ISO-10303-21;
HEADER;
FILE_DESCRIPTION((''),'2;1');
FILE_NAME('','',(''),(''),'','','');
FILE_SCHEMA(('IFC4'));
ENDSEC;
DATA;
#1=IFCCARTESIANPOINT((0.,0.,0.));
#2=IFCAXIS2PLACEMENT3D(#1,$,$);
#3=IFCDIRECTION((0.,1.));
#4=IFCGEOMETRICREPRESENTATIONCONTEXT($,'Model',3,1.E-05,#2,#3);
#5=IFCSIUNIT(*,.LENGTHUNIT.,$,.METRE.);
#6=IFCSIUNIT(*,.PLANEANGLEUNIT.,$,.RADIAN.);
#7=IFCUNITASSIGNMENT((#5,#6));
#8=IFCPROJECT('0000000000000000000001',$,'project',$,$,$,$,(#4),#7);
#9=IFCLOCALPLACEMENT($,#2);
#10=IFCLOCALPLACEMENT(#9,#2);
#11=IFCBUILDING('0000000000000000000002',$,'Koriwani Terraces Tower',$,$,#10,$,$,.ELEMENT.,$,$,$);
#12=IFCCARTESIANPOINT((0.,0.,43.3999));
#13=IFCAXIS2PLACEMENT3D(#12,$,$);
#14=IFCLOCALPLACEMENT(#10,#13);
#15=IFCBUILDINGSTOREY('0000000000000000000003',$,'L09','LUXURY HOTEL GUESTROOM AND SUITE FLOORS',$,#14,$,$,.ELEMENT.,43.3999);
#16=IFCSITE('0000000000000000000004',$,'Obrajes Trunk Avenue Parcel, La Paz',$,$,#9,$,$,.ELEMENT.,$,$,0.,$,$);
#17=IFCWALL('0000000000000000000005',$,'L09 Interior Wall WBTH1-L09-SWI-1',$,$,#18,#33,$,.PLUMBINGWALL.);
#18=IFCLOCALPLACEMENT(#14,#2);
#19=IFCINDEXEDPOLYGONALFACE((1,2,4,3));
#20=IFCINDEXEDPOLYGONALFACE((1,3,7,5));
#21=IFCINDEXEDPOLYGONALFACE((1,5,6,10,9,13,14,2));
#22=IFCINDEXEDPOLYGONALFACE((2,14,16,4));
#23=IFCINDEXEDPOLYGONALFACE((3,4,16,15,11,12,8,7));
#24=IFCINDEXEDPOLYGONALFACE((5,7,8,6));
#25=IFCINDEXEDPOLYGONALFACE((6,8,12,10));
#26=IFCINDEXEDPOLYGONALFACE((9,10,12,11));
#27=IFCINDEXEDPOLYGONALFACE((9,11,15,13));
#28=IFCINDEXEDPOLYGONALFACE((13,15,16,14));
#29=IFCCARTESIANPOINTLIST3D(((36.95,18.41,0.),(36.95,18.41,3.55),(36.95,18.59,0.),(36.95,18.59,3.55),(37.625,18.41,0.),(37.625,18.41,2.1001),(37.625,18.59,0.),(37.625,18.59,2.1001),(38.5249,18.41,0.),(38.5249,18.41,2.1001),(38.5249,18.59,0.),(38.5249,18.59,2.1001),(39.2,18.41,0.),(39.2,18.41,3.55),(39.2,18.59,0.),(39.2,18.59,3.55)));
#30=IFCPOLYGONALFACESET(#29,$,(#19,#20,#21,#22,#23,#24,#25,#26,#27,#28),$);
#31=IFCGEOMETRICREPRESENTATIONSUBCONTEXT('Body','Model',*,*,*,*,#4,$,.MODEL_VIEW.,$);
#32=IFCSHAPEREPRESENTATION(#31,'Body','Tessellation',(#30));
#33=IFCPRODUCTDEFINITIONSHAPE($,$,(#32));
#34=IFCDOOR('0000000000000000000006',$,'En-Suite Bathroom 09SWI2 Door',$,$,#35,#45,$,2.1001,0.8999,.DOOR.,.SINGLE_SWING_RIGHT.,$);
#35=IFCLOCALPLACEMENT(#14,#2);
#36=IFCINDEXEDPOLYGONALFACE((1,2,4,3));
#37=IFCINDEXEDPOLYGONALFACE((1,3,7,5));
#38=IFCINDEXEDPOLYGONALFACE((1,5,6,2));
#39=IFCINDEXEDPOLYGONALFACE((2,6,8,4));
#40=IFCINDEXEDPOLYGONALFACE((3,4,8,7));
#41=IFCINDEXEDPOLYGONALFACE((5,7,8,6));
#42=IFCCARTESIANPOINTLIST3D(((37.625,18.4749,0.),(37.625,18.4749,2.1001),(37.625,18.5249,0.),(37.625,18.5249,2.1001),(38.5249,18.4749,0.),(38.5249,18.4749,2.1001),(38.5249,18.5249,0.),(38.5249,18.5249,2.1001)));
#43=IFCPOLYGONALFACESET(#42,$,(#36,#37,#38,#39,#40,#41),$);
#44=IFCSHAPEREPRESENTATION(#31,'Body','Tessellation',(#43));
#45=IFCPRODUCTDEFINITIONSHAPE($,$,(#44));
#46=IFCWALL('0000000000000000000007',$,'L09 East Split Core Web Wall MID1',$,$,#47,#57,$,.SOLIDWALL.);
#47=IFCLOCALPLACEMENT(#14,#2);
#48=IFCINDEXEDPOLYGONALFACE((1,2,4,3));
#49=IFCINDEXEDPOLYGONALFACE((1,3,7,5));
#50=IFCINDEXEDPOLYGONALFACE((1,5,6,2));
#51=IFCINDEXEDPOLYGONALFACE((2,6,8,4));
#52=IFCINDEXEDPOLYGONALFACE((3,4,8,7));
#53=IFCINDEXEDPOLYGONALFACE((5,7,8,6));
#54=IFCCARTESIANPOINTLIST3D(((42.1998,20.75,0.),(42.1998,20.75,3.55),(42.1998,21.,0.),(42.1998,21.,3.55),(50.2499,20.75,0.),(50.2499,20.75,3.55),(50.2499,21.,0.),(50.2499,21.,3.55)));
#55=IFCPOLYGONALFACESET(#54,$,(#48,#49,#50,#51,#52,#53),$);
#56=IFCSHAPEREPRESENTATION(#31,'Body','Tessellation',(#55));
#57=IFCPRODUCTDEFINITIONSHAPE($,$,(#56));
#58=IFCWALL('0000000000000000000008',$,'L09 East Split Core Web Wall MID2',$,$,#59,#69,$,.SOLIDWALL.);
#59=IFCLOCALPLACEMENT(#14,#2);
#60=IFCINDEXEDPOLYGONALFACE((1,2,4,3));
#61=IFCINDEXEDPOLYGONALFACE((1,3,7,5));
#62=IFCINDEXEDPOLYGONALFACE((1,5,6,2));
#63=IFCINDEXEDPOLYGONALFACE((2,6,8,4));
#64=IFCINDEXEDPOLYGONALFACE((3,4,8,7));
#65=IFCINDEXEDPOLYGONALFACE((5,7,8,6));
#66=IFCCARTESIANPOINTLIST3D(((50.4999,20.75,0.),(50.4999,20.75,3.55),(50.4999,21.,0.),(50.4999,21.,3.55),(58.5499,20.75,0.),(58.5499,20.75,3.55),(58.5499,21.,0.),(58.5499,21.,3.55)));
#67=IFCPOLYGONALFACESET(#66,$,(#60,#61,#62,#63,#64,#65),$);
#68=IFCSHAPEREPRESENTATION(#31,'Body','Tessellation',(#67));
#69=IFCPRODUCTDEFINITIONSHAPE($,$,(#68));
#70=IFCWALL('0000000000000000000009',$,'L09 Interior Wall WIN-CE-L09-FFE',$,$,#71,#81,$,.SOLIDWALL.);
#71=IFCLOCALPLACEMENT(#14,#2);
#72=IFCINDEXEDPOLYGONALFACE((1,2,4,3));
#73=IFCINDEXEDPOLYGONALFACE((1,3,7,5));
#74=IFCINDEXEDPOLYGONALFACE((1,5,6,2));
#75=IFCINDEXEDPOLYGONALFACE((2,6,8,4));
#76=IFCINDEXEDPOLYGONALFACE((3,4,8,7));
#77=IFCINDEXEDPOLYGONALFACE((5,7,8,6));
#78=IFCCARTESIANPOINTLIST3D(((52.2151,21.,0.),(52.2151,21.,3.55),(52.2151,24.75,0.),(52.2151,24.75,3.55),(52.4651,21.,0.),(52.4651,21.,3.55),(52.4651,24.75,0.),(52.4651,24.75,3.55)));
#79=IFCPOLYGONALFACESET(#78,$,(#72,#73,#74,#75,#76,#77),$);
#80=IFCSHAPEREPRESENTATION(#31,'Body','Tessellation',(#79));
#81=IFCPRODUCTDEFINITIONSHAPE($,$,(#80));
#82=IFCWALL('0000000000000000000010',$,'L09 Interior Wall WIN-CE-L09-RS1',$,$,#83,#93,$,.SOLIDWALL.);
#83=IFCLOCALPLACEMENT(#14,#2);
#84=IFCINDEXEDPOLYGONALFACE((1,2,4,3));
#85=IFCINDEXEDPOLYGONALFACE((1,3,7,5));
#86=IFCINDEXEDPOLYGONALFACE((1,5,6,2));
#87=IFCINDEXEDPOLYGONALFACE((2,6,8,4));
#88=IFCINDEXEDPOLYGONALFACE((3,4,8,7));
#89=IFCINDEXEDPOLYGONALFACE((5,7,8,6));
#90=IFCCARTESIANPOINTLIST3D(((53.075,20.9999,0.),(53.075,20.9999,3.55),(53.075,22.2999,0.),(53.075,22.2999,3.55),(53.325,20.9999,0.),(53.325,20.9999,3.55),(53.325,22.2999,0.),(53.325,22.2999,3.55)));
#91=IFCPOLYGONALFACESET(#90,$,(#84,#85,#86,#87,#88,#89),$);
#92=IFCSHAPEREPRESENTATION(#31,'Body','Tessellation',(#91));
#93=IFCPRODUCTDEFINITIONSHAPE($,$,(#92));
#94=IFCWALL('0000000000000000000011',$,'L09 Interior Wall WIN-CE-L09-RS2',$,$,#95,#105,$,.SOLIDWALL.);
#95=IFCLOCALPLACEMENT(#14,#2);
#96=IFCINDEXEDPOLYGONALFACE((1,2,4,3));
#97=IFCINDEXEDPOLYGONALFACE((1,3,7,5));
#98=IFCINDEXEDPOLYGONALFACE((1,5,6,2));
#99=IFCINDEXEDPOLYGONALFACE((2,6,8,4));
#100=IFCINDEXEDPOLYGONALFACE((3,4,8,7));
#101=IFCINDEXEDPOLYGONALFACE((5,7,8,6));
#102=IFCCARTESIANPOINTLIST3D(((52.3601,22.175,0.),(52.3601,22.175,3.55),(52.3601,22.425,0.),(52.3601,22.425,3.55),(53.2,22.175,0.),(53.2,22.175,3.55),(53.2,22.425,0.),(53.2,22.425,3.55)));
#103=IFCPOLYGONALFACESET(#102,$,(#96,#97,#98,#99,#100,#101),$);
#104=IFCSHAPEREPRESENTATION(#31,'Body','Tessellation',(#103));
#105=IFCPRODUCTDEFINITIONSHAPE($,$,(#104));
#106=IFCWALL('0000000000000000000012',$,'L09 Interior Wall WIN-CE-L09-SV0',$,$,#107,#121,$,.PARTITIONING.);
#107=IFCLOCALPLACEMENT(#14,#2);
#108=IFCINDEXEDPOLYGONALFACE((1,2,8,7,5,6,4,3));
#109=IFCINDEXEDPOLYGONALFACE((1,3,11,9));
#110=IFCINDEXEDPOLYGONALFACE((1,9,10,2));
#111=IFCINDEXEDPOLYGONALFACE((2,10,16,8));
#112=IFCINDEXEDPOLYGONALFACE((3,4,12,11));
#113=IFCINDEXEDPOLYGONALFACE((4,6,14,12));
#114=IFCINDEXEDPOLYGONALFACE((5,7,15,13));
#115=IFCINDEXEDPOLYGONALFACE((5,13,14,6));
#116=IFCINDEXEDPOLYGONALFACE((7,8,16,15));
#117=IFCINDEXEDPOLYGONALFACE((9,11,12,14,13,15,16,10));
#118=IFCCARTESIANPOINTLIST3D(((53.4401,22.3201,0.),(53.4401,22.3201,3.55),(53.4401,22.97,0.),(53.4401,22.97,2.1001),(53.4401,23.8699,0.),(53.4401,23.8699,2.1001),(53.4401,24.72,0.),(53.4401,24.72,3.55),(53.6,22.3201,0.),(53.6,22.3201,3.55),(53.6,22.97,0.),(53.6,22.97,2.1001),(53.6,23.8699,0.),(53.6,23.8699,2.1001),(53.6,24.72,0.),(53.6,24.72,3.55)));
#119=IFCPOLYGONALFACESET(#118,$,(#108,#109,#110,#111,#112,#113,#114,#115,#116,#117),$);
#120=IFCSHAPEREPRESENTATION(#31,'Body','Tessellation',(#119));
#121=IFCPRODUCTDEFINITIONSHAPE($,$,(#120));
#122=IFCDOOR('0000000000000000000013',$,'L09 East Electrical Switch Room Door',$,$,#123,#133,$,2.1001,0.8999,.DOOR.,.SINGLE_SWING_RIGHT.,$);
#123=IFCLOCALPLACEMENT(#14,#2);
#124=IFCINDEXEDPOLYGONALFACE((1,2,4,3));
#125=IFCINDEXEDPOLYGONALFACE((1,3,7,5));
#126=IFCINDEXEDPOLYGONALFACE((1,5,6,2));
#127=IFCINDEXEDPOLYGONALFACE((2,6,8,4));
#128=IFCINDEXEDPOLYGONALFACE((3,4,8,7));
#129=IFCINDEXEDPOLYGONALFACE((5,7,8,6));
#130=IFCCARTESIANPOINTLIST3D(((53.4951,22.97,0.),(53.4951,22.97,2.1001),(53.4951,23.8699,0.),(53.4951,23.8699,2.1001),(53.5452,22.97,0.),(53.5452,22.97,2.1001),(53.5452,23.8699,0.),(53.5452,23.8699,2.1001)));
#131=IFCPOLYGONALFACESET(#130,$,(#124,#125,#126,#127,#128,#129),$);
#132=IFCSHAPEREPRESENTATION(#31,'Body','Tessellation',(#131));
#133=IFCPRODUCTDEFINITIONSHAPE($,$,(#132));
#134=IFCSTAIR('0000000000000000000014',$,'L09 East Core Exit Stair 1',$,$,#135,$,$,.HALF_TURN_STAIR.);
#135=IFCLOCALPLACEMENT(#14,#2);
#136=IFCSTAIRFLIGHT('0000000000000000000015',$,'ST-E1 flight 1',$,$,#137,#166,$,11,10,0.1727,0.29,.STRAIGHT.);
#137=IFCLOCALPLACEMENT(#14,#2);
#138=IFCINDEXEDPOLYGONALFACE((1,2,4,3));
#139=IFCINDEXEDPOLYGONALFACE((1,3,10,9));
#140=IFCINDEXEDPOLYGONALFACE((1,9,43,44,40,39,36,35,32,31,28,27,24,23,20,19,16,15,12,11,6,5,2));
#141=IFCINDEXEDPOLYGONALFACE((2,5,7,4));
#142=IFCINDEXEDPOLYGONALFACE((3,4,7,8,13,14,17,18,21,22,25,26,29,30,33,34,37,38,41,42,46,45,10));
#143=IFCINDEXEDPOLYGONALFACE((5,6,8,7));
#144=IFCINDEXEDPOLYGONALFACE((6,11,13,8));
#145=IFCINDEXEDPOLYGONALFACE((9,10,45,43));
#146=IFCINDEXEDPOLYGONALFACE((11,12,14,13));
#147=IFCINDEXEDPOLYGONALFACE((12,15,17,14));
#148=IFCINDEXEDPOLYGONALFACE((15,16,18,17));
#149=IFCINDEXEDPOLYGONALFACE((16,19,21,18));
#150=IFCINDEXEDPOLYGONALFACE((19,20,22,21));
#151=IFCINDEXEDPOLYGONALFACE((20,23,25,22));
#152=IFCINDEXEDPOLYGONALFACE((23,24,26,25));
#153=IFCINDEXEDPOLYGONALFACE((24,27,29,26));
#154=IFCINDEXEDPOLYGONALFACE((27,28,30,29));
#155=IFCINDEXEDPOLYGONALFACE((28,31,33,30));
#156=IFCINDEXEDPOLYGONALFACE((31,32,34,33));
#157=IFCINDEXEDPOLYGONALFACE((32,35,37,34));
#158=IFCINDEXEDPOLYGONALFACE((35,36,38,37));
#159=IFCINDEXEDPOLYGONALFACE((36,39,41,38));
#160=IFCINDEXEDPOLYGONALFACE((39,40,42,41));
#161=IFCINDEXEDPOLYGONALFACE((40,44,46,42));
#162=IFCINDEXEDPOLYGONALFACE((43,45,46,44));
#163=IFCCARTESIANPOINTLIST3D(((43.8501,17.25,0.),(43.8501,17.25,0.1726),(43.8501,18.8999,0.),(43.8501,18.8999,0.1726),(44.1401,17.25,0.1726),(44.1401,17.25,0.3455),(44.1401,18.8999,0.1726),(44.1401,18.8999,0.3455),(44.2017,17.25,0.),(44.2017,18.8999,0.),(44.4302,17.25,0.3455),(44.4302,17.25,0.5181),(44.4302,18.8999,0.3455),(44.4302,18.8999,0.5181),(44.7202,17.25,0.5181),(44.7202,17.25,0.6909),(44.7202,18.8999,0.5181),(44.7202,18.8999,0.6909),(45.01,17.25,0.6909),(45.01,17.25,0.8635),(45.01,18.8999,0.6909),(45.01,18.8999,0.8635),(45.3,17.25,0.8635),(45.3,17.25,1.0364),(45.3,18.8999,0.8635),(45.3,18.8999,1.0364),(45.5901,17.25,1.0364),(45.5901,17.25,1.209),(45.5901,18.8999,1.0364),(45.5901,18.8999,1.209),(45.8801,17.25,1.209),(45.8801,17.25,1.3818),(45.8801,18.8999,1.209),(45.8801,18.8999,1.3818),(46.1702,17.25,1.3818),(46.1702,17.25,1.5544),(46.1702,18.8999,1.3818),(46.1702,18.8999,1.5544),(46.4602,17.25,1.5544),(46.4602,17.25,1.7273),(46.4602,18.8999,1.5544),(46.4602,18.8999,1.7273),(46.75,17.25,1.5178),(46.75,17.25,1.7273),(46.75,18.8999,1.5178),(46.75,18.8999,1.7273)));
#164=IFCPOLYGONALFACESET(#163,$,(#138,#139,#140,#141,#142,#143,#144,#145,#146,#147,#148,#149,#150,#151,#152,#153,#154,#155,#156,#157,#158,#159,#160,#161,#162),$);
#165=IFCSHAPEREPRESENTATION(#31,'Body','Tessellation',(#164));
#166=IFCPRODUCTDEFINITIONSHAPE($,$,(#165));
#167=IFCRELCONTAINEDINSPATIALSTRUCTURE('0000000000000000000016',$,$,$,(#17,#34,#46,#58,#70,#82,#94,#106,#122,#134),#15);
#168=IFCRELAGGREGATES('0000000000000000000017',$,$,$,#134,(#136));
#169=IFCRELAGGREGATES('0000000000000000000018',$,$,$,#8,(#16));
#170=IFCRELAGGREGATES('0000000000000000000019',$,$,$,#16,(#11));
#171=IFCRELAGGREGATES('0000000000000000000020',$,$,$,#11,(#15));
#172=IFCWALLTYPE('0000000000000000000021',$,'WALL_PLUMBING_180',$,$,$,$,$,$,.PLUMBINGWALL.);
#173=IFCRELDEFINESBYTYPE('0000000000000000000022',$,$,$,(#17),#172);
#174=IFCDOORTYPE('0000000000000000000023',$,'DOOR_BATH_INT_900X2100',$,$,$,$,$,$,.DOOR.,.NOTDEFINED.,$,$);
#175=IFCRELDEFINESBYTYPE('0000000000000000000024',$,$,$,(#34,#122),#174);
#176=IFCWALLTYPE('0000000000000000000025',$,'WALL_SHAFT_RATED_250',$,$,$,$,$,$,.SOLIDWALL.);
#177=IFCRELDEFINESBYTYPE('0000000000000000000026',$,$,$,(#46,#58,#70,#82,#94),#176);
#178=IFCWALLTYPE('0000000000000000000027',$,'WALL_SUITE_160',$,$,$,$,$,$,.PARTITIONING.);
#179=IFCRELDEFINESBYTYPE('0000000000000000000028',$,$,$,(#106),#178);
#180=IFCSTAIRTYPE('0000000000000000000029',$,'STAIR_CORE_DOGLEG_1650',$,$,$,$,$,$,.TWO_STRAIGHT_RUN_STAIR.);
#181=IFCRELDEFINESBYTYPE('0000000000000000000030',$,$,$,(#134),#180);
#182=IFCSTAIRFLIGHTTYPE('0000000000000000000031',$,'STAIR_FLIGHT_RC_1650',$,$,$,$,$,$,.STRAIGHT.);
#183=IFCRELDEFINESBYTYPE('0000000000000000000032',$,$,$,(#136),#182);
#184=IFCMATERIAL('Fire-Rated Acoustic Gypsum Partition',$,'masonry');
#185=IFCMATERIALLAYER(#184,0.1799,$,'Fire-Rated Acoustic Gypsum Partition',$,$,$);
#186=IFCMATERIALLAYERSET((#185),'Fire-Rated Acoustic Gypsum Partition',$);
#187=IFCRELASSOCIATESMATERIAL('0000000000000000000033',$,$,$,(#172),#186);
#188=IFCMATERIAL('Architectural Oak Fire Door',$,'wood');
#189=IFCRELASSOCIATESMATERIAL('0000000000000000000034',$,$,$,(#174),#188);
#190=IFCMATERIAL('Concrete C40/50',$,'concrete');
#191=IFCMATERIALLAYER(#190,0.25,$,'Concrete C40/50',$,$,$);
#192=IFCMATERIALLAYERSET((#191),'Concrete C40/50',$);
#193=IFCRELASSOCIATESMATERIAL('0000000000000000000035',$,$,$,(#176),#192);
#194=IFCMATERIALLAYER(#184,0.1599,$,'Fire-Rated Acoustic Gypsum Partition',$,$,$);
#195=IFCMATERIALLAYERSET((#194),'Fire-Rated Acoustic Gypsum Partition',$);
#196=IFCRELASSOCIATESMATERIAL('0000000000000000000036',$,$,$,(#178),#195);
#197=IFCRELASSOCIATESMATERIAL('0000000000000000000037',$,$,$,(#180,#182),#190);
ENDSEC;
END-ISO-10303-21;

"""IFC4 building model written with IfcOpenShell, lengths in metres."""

from ifc_helpers import new_model, si_unit, direction, frame, frame_2d, origin, place, context, subcontext, project, spatial, polyline, rectangle, outline, extrude, material, layer, layer_set, type_object, element, fill, aggregate, save


model = new_model("IFC4")

# Units and contexts
model_context = context("Model", 3, precision=1e-05, world=origin(), true_north=direction((0.0, 1.0)))
body_context = subcontext(model_context, "Body", "Model", "MODEL_VIEW")
ifc_project = project(units=[si_unit("LENGTHUNIT", "METRE"), si_unit("PLANEANGLEUNIT", "RADIAN")], contexts=[model_context])

# Site, building, storey
site_placement = place(None, origin())
site = spatial("IfcSite", under=ifc_project, at=site_placement, Name="Obrajes Trunk Avenue Parcel, La Paz", CompositionType="ELEMENT", RefElevation=0.0)
building_placement = place(site_placement, origin())
building = spatial("IfcBuilding", under=site, at=building_placement, Name="Koriwani Terraces Tower", CompositionType="ELEMENT")
storey_placement = place(building_placement, frame((0.0, 0.0, 43.3999)))
storey = spatial("IfcBuildingStorey", under=building, at=storey_placement, Name="L09", Description="LUXURY HOTEL GUESTROOM AND SUITE FLOORS", CompositionType="ELEMENT", Elevation=43.3999)

# Wall, opening, door
ifc_material_1 = material(Name="Fire-Rated Acoustic Gypsum Partition", Category="masonry")
ifc_layer_1 = layer(ifc_material_1, 0.1799, Name="Fire-Rated Acoustic Gypsum Partition")
ifc_layer_set_1 = layer_set([ifc_layer_1], Name="Fire-Rated Acoustic Gypsum Partition")
wall_type_1 = type_object("IfcWallType", Name="WALL_PLUMBING_180", PredefinedType="PLUMBINGWALL", material=ifc_layer_set_1)
ifc_material_2 = material(Name="Architectural Oak Fire Door", Category="wood")
door_type_1 = type_object("IfcDoorType", Name="DOOR_BATH_INT_900X2100", OperationType="NOTDEFINED", PredefinedType="DOOR", material=ifc_material_2)
wall_1_placement = place(storey_placement, frame((36.95, 18.5, 0.0), z_axis=(0.0, 0.0, 1.0), x_axis=(1.0, 0.0, 0.0)))
wall_1 = element("IfcWall", 1, at=wall_1_placement, inside=storey, type_object=wall_type_1, Name="L09 Interior Wall WBTH1-L09-SWI-1", PredefinedType="PLUMBINGWALL", context=body_context, shape_type="SweptSolid", body=[
    extrude(rectangle(XDim=2.25, YDim=0.1799, at=frame_2d((1.125, 0.0))), origin(), (0.0, 0.0, 1.0), 3.55),
])
opening_1_placement = place(wall_1_placement, frame((0.675, 0.0, 0.0)))
opening_1 = element("IfcOpeningElement", 2, at=opening_1_placement, cuts=wall_1, PredefinedType="OPENING", context=body_context, shape_type="SweptSolid", body=[
    extrude(rectangle(XDim=0.8999, YDim=2.1001, at=frame_2d((0.45, 1.05))), frame((0.0, 0.1001, 0.0), z_axis=(0.0, -1.0, 0.0), x_axis=(1.0, 0.0, 0.0)), (0.0, 0.0, 1.0), 0.2),
])
door_1_placement = place(opening_1_placement, origin())
door_1 = element("IfcDoor", 3, at=door_1_placement, inside=storey, type_object=door_type_1, Name="En-Suite Bathroom 09SWI2 Door", OperationType="SINGLE_SWING_RIGHT", OverallHeight=2.1001, OverallWidth=0.8999, PredefinedType="DOOR", context=body_context, shape_type="SweptSolid", body=[
    extrude(rectangle(XDim=0.8999, YDim=2.1001, at=frame_2d((0.45, 1.05))), frame((0.0, 0.0249, 0.0), z_axis=(0.0, -1.0, 0.0), x_axis=(1.0, 0.0, 0.0)), (0.0, 0.0, 1.0), 0.05),
])
fill(opening_1, door_1)

# Walls
ifc_material_3 = material(Name="Concrete C40/50", Category="concrete")
ifc_layer_2 = layer(ifc_material_3, 0.25, Name="Concrete C40/50")
ifc_layer_set_2 = layer_set([ifc_layer_2], Name="Concrete C40/50")
wall_type_2 = type_object("IfcWallType", Name="WALL_SHAFT_RATED_250", PredefinedType="SOLIDWALL", material=ifc_layer_set_2)
for number, where, z_axis, x_axis, name in (
    (4, (42.2, 20.875, 0.0), (0.0, 0.0, 1.0), (1.0, 0.0, 0.0), "L09 East Split Core Web Wall MID1"),
    (5, (50.5, 20.875, 0.0), (0.0, 0.0, 1.0), (1.0, 0.0, 0.0), "L09 East Split Core Web Wall MID2"),
):
    element("IfcWall", number, at=place(storey_placement, frame(where, z_axis=z_axis, x_axis=x_axis)), inside=storey, type_object=wall_type_2, Name=name, PredefinedType="SOLIDWALL", context=body_context, shape_type="SweptSolid", body=[
        extrude(rectangle(XDim=8.05, YDim=0.25, at=frame_2d((4.0249, 0.0))), origin(), (0.0, 0.0, 1.0), 3.55),
    ])

# Walls
wall_2_placement = place(storey_placement, frame((52.3401, 21.0, 0.0), z_axis=(0.0, 0.0, 1.0), x_axis=(0.0, 1.0, 0.0)))
element("IfcWall", 6, at=wall_2_placement, inside=storey, type_object=wall_type_2, Name="L09 Interior Wall WIN-CE-L09-FFE", PredefinedType="SOLIDWALL", context=body_context, shape_type="SweptSolid", body=[
    extrude(rectangle(XDim=3.75, YDim=0.25, at=frame_2d((1.875, 0.0))), origin(), (0.0, 0.0, 1.0), 3.55),
])
wall_3_placement = place(storey_placement, frame((53.2, 21.0, 0.0), z_axis=(0.0, 0.0, 1.0), x_axis=(0.0, 1.0, 0.0)))
element("IfcWall", 7, at=wall_3_placement, inside=storey, type_object=wall_type_2, Name="L09 Interior Wall WIN-CE-L09-RS1", PredefinedType="SOLIDWALL", context=body_context, shape_type="SweptSolid", body=[
    extrude(rectangle(XDim=1.3, YDim=0.25, at=frame_2d((0.6499, 0.0))), origin(), (0.0, 0.0, 1.0), 3.55),
])
wall_4_placement = place(storey_placement, frame((52.3601, 22.3, 0.0), z_axis=(0.0, 0.0, 1.0), x_axis=(1.0, 0.0, 0.0)))
element("IfcWall", 8, at=wall_4_placement, inside=storey, type_object=wall_type_2, Name="L09 Interior Wall WIN-CE-L09-RS2", PredefinedType="SOLIDWALL", context=body_context, shape_type="SweptSolid", body=[
    extrude(rectangle(XDim=0.8398, YDim=0.25, at=frame_2d((0.4199, 0.0))), origin(), (0.0, 0.0, 1.0), 3.55),
])

# Wall, opening, door
ifc_layer_3 = layer(ifc_material_1, 0.1599, Name="Fire-Rated Acoustic Gypsum Partition")
ifc_layer_set_3 = layer_set([ifc_layer_3], Name="Fire-Rated Acoustic Gypsum Partition")
wall_type_3 = type_object("IfcWallType", Name="WALL_SUITE_160", PredefinedType="PARTITIONING", material=ifc_layer_set_3)
wall_5_placement = place(storey_placement, frame((53.52, 22.3201, 0.0), z_axis=(0.0, 0.0, 1.0), x_axis=(0.0, 1.0, 0.0)))
wall_5 = element("IfcWall", 9, at=wall_5_placement, inside=storey, type_object=wall_type_3, Name="L09 Interior Wall WIN-CE-L09-SV0", PredefinedType="PARTITIONING", context=body_context, shape_type="SweptSolid", body=[
    extrude(rectangle(XDim=2.3999, YDim=0.1599, at=frame_2d((1.2, 0.0))), origin(), (0.0, 0.0, 1.0), 3.55),
])
opening_2_placement = place(wall_5_placement, frame((0.6499, 0.0, 0.0)))
opening_2 = element("IfcOpeningElement", 10, at=opening_2_placement, cuts=wall_5, PredefinedType="OPENING", context=body_context, shape_type="SweptSolid", body=[
    extrude(rectangle(XDim=0.8999, YDim=2.1001, at=frame_2d((0.45, 1.05))), frame((0.0, 0.0898, 0.0), z_axis=(0.0, -1.0, 0.0), x_axis=(1.0, 0.0, 0.0)), (0.0, 0.0, 1.0), 0.1799),
])
door_2_placement = place(opening_2_placement, origin())
door_2 = element("IfcDoor", 11, at=door_2_placement, inside=storey, type_object=door_type_1, Name="L09 East Electrical Switch Room Door", OperationType="SINGLE_SWING_RIGHT", OverallHeight=2.1001, OverallWidth=0.8999, PredefinedType="DOOR", context=body_context, shape_type="SweptSolid", body=[
    extrude(rectangle(XDim=0.8999, YDim=2.1001, at=frame_2d((0.45, 1.05))), frame((0.0, 0.0249, 0.0), z_axis=(0.0, -1.0, 0.0), x_axis=(1.0, 0.0, 0.0)), (0.0, 0.0, 1.0), 0.05),
])
fill(opening_2, door_2)

# Stair, stair flight
stair_type = type_object("IfcStairType", Name="STAIR_CORE_DOGLEG_1650", PredefinedType="TWO_STRAIGHT_RUN_STAIR", material=ifc_material_3)
stair_placement = place(storey_placement, origin())
stair = element("IfcStair", 12, at=stair_placement, inside=storey, type_object=stair_type, Name="L09 East Core Exit Stair 1", PredefinedType="HALF_TURN_STAIR")
stair_flight_type = type_object("IfcStairFlightType", Name="STAIR_FLIGHT_RC_1650", PredefinedType="STRAIGHT", material=ifc_material_3)
stair_flight_1_placement = place(storey_placement, frame((43.8501, 18.075, 0.0), z_axis=(0.0, 0.0, 1.0), x_axis=(1.0, 0.0, 0.0)))
stair_flight_1 = element("IfcStairFlight", 13, at=stair_flight_1_placement, type_object=stair_flight_type, Name="ST-E1 flight 1", NumberOfRisers=11, NumberOfTreads=10, PredefinedType="STRAIGHT", RiserHeight=0.1727, TreadLength=0.29, context=body_context, shape_type="SweptSolid", body=[
    extrude(outline(polyline([(0.0, 0.0), (0.0, 0.1726), (0.29, 0.1726), (0.29, 0.3455), (0.5801, 0.3455), (0.5801, 0.5181), (0.8701, 0.5181), (0.8701, 0.6909), (1.1599, 0.6909), (1.1599, 0.8635), (1.45, 0.8635), (1.45, 1.0364), (1.74, 1.0364), (1.74, 1.209), (2.03, 1.209), (2.03, 1.3818), (2.3201, 1.3818), (2.3201, 1.5544), (2.6101, 1.5544), (2.6101, 1.7273), (2.8999, 1.7273), (2.8999, 1.8999), (2.8999, 1.5178), (0.3516, 0.0), (0.0, 0.0)])), frame((0.0, 0.825, 0.0), z_axis=(0.0, -1.0, 0.0), x_axis=(1.0, 0.0, 0.0)), (0.0, 0.0, 1.0), 1.6499),
])
aggregate(stair, [stair_flight_1])

save(model, "model.ifc")
